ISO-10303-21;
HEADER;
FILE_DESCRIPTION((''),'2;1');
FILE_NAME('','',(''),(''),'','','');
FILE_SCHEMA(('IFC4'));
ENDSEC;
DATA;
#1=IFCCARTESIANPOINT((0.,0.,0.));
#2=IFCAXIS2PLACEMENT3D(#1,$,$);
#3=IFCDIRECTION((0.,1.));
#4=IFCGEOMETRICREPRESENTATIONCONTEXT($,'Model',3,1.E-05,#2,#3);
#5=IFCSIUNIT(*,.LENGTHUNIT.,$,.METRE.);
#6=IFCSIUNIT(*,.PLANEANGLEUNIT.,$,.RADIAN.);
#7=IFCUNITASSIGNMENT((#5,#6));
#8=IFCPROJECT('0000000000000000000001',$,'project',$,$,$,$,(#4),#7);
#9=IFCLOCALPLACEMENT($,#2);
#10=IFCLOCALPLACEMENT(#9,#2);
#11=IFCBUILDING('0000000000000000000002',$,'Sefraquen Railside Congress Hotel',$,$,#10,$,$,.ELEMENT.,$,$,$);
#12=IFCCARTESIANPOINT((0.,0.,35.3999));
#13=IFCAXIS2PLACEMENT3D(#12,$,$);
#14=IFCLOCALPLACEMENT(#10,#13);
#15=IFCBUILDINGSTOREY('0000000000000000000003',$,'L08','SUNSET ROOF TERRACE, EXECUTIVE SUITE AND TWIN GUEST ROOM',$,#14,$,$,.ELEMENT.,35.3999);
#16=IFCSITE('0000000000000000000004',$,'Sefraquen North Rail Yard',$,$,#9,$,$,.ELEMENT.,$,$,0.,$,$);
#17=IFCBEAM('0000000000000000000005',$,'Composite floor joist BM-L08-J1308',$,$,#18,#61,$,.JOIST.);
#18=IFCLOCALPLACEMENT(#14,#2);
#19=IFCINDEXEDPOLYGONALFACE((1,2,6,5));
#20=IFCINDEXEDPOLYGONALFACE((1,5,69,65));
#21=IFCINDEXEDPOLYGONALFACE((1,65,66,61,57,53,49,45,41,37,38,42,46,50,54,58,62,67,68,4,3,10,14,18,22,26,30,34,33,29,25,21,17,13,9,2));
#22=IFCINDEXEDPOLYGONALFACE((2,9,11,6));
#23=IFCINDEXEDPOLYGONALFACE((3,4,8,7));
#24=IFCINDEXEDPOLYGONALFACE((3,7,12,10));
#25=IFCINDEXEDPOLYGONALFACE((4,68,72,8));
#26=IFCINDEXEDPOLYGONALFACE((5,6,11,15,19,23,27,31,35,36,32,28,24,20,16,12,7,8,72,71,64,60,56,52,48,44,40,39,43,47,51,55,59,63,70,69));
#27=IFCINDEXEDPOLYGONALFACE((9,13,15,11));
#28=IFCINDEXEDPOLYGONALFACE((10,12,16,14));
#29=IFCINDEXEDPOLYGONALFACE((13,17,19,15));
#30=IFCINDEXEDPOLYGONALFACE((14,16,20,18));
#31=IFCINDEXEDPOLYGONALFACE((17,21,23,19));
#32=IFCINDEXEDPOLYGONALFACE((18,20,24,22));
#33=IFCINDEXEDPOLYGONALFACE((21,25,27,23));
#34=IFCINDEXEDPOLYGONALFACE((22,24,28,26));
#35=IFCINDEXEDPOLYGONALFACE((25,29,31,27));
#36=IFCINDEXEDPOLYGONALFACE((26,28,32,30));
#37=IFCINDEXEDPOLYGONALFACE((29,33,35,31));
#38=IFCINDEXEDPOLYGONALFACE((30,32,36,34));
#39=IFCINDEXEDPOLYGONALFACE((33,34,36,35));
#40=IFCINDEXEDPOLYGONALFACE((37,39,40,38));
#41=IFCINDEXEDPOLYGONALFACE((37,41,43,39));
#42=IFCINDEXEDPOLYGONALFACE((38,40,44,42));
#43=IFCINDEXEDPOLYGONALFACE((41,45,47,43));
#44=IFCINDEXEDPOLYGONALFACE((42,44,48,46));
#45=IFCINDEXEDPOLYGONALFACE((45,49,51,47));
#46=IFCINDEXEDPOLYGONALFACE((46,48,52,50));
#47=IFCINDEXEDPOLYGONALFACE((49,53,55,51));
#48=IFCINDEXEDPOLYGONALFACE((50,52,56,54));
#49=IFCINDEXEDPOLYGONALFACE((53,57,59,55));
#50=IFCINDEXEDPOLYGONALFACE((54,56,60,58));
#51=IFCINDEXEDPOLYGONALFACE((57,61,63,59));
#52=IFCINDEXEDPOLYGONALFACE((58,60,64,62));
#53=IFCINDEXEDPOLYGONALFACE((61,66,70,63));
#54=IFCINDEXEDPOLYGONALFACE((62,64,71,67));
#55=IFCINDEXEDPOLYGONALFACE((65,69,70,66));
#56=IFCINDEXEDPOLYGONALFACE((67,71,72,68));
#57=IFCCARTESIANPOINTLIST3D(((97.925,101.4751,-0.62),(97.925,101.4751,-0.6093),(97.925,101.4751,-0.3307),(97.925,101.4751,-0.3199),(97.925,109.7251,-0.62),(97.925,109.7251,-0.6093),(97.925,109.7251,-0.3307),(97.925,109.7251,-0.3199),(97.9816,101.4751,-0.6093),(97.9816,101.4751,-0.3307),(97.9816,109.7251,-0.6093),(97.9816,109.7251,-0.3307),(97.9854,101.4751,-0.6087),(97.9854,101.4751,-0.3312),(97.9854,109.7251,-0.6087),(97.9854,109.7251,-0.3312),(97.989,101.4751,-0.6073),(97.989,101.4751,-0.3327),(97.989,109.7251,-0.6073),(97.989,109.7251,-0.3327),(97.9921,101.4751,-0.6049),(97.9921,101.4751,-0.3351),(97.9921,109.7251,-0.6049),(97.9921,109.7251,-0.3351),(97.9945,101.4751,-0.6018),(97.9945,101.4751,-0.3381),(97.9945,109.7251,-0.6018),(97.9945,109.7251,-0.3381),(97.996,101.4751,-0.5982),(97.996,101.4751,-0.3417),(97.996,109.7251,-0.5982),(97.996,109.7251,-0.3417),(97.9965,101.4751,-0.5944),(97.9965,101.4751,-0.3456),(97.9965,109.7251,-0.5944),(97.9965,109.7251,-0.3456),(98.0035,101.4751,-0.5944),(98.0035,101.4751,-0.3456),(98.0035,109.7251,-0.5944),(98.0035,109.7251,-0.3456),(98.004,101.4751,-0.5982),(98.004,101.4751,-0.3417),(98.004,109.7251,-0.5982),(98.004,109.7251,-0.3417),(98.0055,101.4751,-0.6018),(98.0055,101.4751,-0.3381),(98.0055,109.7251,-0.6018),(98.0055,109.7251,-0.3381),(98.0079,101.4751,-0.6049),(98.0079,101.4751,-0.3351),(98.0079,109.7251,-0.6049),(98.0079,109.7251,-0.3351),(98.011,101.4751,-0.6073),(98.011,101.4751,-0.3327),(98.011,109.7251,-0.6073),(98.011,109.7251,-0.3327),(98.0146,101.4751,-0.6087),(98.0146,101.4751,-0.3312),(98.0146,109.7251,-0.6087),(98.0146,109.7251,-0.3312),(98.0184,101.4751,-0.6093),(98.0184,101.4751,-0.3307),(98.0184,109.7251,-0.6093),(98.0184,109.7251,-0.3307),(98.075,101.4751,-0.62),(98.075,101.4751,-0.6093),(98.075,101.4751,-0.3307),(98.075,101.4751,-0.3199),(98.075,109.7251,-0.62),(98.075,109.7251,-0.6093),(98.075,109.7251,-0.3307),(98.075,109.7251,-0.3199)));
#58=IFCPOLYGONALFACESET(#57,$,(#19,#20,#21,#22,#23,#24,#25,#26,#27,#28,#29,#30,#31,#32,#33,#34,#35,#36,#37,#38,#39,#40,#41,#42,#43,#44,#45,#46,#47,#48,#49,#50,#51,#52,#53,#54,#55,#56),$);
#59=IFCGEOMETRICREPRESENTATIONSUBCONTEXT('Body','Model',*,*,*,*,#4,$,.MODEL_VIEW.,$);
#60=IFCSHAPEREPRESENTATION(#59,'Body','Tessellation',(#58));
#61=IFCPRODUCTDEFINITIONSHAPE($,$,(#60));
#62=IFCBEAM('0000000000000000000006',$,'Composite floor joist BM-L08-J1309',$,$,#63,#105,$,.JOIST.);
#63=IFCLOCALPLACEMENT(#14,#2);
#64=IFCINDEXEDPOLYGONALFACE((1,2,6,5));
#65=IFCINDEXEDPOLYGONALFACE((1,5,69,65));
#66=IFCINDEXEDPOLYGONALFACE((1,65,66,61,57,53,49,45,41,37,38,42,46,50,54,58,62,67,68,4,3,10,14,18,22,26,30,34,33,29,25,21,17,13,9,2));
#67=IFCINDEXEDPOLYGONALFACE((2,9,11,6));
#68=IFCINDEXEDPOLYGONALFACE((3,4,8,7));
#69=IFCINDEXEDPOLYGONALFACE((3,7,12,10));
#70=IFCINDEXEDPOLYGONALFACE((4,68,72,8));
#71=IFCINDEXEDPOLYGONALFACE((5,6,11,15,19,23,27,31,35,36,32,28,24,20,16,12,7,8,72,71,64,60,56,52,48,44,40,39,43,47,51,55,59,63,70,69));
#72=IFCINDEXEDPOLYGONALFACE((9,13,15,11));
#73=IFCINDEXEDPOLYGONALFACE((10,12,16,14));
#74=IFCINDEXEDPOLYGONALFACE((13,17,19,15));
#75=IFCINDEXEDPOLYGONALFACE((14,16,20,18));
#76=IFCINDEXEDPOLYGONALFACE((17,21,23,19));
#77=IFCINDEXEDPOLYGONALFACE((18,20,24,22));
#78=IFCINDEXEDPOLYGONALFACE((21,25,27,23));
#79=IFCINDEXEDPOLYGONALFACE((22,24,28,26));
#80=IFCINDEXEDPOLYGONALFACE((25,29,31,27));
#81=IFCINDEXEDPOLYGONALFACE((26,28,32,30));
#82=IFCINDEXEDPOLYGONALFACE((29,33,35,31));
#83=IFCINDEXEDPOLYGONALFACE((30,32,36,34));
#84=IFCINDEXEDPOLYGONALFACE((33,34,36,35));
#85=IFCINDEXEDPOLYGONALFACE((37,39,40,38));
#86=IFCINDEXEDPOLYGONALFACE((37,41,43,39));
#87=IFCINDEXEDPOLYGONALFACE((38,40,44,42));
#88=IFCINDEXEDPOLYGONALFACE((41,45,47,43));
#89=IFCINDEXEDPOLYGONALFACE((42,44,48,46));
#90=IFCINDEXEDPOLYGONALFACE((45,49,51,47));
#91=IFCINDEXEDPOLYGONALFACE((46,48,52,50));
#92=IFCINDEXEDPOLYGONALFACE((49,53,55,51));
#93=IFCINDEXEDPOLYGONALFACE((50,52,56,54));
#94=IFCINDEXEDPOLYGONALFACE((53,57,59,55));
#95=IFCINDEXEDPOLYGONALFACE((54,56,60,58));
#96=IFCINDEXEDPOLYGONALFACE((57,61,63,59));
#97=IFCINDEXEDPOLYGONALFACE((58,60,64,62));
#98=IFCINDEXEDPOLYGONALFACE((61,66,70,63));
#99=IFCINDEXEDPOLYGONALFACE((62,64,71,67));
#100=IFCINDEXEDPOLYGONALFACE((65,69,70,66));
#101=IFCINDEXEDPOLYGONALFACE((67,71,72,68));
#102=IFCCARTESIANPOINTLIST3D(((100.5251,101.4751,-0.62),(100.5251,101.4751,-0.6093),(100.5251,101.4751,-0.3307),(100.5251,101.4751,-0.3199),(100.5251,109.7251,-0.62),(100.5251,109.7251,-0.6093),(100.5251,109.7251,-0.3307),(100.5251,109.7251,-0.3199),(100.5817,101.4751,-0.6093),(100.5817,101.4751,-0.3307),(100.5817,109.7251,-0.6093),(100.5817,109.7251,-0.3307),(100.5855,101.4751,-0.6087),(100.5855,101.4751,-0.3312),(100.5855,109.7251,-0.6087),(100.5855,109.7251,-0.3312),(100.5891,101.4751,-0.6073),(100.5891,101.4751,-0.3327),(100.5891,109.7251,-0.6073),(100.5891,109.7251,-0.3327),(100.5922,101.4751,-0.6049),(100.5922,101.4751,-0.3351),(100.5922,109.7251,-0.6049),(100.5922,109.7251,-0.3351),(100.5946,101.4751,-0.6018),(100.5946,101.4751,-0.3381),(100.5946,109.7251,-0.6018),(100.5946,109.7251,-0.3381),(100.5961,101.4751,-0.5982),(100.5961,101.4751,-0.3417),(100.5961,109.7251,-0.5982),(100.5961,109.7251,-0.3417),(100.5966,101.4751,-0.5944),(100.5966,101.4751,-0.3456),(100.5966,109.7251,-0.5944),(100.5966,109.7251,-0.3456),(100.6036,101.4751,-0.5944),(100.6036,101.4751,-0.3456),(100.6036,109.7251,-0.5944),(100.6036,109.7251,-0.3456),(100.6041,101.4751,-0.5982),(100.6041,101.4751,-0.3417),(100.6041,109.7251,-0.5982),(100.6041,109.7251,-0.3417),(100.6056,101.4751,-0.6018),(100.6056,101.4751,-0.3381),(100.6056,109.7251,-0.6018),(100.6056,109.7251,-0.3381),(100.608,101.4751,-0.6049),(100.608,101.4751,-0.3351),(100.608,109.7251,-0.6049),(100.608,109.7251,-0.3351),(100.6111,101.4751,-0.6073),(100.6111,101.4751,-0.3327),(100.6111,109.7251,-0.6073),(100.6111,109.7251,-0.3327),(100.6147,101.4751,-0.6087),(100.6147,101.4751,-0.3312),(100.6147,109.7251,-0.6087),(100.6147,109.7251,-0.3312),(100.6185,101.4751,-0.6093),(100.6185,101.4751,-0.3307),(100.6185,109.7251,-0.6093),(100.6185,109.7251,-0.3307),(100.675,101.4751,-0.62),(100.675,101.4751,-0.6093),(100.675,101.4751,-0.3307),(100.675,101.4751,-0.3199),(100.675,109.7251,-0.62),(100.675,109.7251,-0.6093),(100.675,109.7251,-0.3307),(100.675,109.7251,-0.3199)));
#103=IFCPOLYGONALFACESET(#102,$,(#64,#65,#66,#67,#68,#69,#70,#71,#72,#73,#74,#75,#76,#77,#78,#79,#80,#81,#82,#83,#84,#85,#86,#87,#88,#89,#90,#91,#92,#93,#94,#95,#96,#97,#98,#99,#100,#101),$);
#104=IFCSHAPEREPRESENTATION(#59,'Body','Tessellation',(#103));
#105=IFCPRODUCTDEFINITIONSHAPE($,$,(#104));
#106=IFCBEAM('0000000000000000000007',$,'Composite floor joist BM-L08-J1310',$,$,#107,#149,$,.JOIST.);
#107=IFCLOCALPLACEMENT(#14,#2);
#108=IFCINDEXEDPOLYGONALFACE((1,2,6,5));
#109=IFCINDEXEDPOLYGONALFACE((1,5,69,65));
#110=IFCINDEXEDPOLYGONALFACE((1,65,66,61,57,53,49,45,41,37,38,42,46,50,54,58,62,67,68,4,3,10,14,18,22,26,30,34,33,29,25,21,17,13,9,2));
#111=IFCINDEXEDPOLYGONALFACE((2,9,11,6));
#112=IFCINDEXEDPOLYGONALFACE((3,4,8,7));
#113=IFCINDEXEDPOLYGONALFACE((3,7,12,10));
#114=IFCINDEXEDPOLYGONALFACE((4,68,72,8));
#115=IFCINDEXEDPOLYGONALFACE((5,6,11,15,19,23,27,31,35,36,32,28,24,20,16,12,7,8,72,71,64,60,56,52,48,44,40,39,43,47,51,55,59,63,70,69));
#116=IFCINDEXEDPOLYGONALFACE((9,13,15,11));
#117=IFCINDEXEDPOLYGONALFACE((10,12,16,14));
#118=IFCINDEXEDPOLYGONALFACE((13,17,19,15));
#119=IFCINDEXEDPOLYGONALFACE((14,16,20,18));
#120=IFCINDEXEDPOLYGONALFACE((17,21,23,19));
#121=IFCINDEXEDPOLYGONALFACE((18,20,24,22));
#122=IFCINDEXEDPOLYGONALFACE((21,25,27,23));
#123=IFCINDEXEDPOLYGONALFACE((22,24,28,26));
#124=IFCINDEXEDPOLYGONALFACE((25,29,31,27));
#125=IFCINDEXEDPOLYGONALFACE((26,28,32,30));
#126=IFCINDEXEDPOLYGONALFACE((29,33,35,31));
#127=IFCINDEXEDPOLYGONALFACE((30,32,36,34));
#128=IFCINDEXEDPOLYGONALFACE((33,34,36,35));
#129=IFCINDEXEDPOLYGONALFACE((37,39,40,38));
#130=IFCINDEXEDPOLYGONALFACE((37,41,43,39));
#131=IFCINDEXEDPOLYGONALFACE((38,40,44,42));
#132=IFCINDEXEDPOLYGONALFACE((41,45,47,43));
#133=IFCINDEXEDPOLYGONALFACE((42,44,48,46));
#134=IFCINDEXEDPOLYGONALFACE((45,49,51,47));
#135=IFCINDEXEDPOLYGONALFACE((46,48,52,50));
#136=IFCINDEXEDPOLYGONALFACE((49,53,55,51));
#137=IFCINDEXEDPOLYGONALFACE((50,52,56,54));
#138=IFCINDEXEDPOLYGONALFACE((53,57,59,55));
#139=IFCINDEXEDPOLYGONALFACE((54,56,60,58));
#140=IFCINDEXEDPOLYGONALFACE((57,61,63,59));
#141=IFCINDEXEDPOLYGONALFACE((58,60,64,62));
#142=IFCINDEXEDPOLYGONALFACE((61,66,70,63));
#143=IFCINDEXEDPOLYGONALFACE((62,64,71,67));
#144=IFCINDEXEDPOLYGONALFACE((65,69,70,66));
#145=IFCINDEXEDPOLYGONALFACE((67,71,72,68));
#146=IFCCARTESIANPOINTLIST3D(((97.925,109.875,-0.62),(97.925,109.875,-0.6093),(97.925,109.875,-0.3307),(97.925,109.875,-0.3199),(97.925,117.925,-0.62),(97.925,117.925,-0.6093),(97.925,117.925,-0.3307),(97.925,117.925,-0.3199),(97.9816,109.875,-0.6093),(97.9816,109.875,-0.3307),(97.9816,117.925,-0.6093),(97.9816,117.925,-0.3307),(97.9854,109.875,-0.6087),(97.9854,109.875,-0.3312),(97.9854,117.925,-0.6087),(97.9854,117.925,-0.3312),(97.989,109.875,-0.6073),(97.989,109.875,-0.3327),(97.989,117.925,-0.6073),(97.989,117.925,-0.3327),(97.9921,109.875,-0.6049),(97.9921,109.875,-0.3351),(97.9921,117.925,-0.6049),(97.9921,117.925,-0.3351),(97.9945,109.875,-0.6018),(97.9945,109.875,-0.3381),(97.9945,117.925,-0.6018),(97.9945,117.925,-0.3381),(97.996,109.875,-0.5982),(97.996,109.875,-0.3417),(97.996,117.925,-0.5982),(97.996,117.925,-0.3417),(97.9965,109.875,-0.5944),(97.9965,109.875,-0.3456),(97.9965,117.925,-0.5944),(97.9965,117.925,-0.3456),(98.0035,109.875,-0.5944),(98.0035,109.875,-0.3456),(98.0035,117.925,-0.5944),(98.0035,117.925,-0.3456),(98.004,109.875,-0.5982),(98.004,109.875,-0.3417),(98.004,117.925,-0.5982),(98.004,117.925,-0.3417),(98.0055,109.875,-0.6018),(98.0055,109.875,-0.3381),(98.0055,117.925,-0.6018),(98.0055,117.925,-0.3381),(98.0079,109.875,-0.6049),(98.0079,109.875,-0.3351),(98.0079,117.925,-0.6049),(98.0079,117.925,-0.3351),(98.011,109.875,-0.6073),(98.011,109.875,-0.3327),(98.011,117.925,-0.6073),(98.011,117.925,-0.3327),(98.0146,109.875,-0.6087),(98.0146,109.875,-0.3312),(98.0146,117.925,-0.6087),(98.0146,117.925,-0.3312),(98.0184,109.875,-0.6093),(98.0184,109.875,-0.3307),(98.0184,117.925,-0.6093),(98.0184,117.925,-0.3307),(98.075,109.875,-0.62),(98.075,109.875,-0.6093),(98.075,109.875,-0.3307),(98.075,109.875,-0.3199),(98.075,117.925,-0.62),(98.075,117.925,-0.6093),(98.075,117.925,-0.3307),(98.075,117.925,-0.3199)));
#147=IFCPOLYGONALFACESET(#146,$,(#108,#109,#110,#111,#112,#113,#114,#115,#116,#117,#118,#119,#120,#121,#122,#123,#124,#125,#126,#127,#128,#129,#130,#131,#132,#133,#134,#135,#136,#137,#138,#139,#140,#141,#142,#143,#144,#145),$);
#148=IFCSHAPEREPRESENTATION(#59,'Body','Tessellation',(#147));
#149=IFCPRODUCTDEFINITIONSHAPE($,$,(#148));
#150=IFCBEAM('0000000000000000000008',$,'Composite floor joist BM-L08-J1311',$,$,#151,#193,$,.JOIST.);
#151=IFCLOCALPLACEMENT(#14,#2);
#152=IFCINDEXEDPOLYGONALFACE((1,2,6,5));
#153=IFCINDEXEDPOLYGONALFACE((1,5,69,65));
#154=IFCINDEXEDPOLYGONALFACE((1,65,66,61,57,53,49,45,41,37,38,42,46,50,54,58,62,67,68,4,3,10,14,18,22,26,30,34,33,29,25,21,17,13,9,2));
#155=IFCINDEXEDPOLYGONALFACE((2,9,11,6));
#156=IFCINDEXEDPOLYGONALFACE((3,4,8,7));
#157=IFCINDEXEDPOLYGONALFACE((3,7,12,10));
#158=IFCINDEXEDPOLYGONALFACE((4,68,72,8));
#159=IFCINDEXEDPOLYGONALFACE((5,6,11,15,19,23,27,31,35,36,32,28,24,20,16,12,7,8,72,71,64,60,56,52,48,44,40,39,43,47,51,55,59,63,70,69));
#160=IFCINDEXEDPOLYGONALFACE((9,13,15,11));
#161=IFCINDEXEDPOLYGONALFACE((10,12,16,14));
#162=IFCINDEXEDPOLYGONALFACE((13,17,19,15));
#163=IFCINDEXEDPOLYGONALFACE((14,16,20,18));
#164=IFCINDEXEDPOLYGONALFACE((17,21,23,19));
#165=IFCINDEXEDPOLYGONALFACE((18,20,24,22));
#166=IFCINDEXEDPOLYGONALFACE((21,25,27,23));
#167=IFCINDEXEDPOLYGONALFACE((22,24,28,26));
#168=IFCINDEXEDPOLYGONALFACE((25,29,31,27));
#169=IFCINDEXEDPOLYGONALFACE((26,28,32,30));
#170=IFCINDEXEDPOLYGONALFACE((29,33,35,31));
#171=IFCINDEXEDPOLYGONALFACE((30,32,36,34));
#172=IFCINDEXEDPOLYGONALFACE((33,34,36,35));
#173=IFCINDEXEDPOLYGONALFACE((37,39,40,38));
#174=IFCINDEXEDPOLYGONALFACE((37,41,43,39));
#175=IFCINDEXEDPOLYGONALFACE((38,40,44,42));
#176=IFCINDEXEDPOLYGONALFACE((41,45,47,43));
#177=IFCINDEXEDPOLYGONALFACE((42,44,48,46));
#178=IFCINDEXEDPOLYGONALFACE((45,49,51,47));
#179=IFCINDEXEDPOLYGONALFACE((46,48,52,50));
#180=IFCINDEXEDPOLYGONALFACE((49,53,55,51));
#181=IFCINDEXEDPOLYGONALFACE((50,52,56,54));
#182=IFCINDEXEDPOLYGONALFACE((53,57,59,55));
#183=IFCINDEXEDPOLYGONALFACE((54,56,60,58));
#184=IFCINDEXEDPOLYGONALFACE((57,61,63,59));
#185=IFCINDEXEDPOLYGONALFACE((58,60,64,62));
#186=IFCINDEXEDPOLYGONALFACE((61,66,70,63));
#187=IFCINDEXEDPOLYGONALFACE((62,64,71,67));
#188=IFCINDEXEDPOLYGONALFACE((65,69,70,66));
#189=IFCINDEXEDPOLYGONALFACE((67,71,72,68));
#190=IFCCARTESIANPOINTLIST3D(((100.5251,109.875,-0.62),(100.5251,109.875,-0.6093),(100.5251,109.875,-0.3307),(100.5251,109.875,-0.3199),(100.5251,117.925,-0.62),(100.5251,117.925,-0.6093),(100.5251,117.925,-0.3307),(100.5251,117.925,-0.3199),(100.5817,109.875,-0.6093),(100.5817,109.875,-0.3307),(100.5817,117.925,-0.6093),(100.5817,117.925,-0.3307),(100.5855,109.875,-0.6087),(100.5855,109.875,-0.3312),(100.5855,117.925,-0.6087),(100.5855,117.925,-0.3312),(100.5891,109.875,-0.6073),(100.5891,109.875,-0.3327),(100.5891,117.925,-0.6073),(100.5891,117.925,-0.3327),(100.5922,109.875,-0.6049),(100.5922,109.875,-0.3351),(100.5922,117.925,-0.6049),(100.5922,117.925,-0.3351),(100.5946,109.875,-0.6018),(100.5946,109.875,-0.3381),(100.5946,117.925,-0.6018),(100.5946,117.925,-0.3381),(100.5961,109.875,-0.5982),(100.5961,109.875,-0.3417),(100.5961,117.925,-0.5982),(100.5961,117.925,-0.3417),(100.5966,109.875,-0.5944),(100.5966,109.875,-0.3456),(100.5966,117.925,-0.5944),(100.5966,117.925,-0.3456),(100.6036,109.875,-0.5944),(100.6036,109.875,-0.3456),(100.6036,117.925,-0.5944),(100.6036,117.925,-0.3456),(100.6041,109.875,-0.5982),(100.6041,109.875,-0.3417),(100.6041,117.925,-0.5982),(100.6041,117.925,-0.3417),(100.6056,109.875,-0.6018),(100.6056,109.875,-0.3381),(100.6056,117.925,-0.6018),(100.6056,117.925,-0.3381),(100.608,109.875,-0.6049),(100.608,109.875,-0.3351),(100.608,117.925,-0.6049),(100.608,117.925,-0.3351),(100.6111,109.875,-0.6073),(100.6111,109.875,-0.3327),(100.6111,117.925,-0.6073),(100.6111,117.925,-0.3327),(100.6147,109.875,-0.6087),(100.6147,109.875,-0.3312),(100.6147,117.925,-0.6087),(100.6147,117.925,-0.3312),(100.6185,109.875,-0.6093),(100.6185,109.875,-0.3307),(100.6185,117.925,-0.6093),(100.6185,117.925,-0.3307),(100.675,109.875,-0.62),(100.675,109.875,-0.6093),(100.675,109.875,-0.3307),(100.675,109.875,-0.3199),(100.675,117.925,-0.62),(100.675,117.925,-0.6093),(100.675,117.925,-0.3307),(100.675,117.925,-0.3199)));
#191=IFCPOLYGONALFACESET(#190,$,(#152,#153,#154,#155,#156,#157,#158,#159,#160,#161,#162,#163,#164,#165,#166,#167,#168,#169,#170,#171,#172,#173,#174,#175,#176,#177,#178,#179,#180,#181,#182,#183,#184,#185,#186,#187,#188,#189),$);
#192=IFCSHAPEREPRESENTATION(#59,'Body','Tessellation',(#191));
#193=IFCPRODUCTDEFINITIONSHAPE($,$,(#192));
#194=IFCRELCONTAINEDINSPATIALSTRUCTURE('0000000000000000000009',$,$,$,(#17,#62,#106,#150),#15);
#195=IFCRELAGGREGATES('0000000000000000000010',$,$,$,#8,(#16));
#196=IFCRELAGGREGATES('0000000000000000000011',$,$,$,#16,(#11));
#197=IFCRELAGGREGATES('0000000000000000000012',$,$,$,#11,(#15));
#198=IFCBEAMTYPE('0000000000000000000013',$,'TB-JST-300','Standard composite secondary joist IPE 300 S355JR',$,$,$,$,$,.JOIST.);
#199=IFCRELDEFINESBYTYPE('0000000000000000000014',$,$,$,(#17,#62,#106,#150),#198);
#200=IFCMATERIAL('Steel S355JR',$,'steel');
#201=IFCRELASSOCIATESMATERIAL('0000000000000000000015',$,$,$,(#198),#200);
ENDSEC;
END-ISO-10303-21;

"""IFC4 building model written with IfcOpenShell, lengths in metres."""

from ifc_helpers import new_model, si_unit, direction, frame, origin, origin_2d, place, context, subcontext, project, spatial, i_section, extrude, material, material_profile, profile_set, type_object, element, save


model = new_model("IFC4")

# Units and contexts
model_context = context("Model", 3, precision=1e-05, world=origin(), true_north=direction((0.0, 1.0)))
body_context = subcontext(model_context, "Body", "Model", "MODEL_VIEW")
ifc_project = project(units=[si_unit("LENGTHUNIT", "METRE"), si_unit("PLANEANGLEUNIT", "RADIAN")], contexts=[model_context])

# Site, building, storey
site_placement = place(None, origin())
site = spatial("IfcSite", under=ifc_project, at=site_placement, Name="Sefraquen North Rail Yard", CompositionType="ELEMENT", RefElevation=0.0)
building_placement = place(site_placement, origin())
building = spatial("IfcBuilding", under=site, at=building_placement, Name="Sefraquen Railside Congress Hotel", CompositionType="ELEMENT")
storey_placement = place(building_placement, frame((0.0, 0.0, 35.3999)))
storey = spatial("IfcBuildingStorey", under=building, at=storey_placement, Name="L08", Description="SUNSET ROOF TERRACE, EXECUTIVE SUITE AND TWIN GUEST ROOM", CompositionType="ELEMENT", Elevation=35.3999)

# Beams
ifc_material_1 = material(Name="Steel S355JR", Category="steel")
ifc_material_profile_1 = material_profile(ifc_material_1, i_section(OverallWidth=0.1499, OverallDepth=0.3, WebThickness=0.0071, FlangeThickness=0.0107, FilletRadius=0.0149, at=origin_2d()), Name="IPE 300")
ifc_profile_set_1 = profile_set([ifc_material_profile_1], Name="Steel S355JR")
beam_type_1 = type_object("IfcBeamType", Name="TB-JST-300", Description="Standard composite secondary joist IPE 300 S355JR", PredefinedType="JOIST", material=ifc_profile_set_1)
for number, where, z_axis, x_axis, name in (
    (1, (98.0, 101.4751, -0.47), (0.0, 1.0, 0.0), (-1.0, 0.0, 0.0), "Composite floor joist BM-L08-J1308"),
    (2, (100.6001, 101.4751, -0.47), (0.0, 1.0, 0.0), (-1.0, 0.0, 0.0), "Composite floor joist BM-L08-J1309"),
):
    element("IfcBeam", number, at=place(storey_placement, frame(where, z_axis=z_axis, x_axis=x_axis)), inside=storey, type_object=beam_type_1, Name=name, PredefinedType="JOIST", context=body_context, shape_type="SweptSolid", body=[
        extrude(i_section(OverallWidth=0.1499, OverallDepth=0.3, WebThickness=0.0071, FlangeThickness=0.0107, FilletRadius=0.0149, at=origin_2d()), origin(), (0.0, 0.0, 1.0), 8.25),
    ])
for number, where, z_axis, x_axis, name in (
    (3, (98.0, 109.875, -0.47), (0.0, 1.0, 0.0), (-1.0, 0.0, 0.0), "Composite floor joist BM-L08-J1310"),
    (4, (100.6001, 109.875, -0.47), (0.0, 1.0, 0.0), (-1.0, 0.0, 0.0), "Composite floor joist BM-L08-J1311"),
):
    element("IfcBeam", number, at=place(storey_placement, frame(where, z_axis=z_axis, x_axis=x_axis)), inside=storey, type_object=beam_type_1, Name=name, PredefinedType="JOIST", context=body_context, shape_type="SweptSolid", body=[
        extrude(i_section(OverallWidth=0.1499, OverallDepth=0.3, WebThickness=0.0071, FlangeThickness=0.0107, FilletRadius=0.0149, at=origin_2d()), origin(), (0.0, 0.0, 1.0), 8.05),
    ])

save(model, "model.ifc")
